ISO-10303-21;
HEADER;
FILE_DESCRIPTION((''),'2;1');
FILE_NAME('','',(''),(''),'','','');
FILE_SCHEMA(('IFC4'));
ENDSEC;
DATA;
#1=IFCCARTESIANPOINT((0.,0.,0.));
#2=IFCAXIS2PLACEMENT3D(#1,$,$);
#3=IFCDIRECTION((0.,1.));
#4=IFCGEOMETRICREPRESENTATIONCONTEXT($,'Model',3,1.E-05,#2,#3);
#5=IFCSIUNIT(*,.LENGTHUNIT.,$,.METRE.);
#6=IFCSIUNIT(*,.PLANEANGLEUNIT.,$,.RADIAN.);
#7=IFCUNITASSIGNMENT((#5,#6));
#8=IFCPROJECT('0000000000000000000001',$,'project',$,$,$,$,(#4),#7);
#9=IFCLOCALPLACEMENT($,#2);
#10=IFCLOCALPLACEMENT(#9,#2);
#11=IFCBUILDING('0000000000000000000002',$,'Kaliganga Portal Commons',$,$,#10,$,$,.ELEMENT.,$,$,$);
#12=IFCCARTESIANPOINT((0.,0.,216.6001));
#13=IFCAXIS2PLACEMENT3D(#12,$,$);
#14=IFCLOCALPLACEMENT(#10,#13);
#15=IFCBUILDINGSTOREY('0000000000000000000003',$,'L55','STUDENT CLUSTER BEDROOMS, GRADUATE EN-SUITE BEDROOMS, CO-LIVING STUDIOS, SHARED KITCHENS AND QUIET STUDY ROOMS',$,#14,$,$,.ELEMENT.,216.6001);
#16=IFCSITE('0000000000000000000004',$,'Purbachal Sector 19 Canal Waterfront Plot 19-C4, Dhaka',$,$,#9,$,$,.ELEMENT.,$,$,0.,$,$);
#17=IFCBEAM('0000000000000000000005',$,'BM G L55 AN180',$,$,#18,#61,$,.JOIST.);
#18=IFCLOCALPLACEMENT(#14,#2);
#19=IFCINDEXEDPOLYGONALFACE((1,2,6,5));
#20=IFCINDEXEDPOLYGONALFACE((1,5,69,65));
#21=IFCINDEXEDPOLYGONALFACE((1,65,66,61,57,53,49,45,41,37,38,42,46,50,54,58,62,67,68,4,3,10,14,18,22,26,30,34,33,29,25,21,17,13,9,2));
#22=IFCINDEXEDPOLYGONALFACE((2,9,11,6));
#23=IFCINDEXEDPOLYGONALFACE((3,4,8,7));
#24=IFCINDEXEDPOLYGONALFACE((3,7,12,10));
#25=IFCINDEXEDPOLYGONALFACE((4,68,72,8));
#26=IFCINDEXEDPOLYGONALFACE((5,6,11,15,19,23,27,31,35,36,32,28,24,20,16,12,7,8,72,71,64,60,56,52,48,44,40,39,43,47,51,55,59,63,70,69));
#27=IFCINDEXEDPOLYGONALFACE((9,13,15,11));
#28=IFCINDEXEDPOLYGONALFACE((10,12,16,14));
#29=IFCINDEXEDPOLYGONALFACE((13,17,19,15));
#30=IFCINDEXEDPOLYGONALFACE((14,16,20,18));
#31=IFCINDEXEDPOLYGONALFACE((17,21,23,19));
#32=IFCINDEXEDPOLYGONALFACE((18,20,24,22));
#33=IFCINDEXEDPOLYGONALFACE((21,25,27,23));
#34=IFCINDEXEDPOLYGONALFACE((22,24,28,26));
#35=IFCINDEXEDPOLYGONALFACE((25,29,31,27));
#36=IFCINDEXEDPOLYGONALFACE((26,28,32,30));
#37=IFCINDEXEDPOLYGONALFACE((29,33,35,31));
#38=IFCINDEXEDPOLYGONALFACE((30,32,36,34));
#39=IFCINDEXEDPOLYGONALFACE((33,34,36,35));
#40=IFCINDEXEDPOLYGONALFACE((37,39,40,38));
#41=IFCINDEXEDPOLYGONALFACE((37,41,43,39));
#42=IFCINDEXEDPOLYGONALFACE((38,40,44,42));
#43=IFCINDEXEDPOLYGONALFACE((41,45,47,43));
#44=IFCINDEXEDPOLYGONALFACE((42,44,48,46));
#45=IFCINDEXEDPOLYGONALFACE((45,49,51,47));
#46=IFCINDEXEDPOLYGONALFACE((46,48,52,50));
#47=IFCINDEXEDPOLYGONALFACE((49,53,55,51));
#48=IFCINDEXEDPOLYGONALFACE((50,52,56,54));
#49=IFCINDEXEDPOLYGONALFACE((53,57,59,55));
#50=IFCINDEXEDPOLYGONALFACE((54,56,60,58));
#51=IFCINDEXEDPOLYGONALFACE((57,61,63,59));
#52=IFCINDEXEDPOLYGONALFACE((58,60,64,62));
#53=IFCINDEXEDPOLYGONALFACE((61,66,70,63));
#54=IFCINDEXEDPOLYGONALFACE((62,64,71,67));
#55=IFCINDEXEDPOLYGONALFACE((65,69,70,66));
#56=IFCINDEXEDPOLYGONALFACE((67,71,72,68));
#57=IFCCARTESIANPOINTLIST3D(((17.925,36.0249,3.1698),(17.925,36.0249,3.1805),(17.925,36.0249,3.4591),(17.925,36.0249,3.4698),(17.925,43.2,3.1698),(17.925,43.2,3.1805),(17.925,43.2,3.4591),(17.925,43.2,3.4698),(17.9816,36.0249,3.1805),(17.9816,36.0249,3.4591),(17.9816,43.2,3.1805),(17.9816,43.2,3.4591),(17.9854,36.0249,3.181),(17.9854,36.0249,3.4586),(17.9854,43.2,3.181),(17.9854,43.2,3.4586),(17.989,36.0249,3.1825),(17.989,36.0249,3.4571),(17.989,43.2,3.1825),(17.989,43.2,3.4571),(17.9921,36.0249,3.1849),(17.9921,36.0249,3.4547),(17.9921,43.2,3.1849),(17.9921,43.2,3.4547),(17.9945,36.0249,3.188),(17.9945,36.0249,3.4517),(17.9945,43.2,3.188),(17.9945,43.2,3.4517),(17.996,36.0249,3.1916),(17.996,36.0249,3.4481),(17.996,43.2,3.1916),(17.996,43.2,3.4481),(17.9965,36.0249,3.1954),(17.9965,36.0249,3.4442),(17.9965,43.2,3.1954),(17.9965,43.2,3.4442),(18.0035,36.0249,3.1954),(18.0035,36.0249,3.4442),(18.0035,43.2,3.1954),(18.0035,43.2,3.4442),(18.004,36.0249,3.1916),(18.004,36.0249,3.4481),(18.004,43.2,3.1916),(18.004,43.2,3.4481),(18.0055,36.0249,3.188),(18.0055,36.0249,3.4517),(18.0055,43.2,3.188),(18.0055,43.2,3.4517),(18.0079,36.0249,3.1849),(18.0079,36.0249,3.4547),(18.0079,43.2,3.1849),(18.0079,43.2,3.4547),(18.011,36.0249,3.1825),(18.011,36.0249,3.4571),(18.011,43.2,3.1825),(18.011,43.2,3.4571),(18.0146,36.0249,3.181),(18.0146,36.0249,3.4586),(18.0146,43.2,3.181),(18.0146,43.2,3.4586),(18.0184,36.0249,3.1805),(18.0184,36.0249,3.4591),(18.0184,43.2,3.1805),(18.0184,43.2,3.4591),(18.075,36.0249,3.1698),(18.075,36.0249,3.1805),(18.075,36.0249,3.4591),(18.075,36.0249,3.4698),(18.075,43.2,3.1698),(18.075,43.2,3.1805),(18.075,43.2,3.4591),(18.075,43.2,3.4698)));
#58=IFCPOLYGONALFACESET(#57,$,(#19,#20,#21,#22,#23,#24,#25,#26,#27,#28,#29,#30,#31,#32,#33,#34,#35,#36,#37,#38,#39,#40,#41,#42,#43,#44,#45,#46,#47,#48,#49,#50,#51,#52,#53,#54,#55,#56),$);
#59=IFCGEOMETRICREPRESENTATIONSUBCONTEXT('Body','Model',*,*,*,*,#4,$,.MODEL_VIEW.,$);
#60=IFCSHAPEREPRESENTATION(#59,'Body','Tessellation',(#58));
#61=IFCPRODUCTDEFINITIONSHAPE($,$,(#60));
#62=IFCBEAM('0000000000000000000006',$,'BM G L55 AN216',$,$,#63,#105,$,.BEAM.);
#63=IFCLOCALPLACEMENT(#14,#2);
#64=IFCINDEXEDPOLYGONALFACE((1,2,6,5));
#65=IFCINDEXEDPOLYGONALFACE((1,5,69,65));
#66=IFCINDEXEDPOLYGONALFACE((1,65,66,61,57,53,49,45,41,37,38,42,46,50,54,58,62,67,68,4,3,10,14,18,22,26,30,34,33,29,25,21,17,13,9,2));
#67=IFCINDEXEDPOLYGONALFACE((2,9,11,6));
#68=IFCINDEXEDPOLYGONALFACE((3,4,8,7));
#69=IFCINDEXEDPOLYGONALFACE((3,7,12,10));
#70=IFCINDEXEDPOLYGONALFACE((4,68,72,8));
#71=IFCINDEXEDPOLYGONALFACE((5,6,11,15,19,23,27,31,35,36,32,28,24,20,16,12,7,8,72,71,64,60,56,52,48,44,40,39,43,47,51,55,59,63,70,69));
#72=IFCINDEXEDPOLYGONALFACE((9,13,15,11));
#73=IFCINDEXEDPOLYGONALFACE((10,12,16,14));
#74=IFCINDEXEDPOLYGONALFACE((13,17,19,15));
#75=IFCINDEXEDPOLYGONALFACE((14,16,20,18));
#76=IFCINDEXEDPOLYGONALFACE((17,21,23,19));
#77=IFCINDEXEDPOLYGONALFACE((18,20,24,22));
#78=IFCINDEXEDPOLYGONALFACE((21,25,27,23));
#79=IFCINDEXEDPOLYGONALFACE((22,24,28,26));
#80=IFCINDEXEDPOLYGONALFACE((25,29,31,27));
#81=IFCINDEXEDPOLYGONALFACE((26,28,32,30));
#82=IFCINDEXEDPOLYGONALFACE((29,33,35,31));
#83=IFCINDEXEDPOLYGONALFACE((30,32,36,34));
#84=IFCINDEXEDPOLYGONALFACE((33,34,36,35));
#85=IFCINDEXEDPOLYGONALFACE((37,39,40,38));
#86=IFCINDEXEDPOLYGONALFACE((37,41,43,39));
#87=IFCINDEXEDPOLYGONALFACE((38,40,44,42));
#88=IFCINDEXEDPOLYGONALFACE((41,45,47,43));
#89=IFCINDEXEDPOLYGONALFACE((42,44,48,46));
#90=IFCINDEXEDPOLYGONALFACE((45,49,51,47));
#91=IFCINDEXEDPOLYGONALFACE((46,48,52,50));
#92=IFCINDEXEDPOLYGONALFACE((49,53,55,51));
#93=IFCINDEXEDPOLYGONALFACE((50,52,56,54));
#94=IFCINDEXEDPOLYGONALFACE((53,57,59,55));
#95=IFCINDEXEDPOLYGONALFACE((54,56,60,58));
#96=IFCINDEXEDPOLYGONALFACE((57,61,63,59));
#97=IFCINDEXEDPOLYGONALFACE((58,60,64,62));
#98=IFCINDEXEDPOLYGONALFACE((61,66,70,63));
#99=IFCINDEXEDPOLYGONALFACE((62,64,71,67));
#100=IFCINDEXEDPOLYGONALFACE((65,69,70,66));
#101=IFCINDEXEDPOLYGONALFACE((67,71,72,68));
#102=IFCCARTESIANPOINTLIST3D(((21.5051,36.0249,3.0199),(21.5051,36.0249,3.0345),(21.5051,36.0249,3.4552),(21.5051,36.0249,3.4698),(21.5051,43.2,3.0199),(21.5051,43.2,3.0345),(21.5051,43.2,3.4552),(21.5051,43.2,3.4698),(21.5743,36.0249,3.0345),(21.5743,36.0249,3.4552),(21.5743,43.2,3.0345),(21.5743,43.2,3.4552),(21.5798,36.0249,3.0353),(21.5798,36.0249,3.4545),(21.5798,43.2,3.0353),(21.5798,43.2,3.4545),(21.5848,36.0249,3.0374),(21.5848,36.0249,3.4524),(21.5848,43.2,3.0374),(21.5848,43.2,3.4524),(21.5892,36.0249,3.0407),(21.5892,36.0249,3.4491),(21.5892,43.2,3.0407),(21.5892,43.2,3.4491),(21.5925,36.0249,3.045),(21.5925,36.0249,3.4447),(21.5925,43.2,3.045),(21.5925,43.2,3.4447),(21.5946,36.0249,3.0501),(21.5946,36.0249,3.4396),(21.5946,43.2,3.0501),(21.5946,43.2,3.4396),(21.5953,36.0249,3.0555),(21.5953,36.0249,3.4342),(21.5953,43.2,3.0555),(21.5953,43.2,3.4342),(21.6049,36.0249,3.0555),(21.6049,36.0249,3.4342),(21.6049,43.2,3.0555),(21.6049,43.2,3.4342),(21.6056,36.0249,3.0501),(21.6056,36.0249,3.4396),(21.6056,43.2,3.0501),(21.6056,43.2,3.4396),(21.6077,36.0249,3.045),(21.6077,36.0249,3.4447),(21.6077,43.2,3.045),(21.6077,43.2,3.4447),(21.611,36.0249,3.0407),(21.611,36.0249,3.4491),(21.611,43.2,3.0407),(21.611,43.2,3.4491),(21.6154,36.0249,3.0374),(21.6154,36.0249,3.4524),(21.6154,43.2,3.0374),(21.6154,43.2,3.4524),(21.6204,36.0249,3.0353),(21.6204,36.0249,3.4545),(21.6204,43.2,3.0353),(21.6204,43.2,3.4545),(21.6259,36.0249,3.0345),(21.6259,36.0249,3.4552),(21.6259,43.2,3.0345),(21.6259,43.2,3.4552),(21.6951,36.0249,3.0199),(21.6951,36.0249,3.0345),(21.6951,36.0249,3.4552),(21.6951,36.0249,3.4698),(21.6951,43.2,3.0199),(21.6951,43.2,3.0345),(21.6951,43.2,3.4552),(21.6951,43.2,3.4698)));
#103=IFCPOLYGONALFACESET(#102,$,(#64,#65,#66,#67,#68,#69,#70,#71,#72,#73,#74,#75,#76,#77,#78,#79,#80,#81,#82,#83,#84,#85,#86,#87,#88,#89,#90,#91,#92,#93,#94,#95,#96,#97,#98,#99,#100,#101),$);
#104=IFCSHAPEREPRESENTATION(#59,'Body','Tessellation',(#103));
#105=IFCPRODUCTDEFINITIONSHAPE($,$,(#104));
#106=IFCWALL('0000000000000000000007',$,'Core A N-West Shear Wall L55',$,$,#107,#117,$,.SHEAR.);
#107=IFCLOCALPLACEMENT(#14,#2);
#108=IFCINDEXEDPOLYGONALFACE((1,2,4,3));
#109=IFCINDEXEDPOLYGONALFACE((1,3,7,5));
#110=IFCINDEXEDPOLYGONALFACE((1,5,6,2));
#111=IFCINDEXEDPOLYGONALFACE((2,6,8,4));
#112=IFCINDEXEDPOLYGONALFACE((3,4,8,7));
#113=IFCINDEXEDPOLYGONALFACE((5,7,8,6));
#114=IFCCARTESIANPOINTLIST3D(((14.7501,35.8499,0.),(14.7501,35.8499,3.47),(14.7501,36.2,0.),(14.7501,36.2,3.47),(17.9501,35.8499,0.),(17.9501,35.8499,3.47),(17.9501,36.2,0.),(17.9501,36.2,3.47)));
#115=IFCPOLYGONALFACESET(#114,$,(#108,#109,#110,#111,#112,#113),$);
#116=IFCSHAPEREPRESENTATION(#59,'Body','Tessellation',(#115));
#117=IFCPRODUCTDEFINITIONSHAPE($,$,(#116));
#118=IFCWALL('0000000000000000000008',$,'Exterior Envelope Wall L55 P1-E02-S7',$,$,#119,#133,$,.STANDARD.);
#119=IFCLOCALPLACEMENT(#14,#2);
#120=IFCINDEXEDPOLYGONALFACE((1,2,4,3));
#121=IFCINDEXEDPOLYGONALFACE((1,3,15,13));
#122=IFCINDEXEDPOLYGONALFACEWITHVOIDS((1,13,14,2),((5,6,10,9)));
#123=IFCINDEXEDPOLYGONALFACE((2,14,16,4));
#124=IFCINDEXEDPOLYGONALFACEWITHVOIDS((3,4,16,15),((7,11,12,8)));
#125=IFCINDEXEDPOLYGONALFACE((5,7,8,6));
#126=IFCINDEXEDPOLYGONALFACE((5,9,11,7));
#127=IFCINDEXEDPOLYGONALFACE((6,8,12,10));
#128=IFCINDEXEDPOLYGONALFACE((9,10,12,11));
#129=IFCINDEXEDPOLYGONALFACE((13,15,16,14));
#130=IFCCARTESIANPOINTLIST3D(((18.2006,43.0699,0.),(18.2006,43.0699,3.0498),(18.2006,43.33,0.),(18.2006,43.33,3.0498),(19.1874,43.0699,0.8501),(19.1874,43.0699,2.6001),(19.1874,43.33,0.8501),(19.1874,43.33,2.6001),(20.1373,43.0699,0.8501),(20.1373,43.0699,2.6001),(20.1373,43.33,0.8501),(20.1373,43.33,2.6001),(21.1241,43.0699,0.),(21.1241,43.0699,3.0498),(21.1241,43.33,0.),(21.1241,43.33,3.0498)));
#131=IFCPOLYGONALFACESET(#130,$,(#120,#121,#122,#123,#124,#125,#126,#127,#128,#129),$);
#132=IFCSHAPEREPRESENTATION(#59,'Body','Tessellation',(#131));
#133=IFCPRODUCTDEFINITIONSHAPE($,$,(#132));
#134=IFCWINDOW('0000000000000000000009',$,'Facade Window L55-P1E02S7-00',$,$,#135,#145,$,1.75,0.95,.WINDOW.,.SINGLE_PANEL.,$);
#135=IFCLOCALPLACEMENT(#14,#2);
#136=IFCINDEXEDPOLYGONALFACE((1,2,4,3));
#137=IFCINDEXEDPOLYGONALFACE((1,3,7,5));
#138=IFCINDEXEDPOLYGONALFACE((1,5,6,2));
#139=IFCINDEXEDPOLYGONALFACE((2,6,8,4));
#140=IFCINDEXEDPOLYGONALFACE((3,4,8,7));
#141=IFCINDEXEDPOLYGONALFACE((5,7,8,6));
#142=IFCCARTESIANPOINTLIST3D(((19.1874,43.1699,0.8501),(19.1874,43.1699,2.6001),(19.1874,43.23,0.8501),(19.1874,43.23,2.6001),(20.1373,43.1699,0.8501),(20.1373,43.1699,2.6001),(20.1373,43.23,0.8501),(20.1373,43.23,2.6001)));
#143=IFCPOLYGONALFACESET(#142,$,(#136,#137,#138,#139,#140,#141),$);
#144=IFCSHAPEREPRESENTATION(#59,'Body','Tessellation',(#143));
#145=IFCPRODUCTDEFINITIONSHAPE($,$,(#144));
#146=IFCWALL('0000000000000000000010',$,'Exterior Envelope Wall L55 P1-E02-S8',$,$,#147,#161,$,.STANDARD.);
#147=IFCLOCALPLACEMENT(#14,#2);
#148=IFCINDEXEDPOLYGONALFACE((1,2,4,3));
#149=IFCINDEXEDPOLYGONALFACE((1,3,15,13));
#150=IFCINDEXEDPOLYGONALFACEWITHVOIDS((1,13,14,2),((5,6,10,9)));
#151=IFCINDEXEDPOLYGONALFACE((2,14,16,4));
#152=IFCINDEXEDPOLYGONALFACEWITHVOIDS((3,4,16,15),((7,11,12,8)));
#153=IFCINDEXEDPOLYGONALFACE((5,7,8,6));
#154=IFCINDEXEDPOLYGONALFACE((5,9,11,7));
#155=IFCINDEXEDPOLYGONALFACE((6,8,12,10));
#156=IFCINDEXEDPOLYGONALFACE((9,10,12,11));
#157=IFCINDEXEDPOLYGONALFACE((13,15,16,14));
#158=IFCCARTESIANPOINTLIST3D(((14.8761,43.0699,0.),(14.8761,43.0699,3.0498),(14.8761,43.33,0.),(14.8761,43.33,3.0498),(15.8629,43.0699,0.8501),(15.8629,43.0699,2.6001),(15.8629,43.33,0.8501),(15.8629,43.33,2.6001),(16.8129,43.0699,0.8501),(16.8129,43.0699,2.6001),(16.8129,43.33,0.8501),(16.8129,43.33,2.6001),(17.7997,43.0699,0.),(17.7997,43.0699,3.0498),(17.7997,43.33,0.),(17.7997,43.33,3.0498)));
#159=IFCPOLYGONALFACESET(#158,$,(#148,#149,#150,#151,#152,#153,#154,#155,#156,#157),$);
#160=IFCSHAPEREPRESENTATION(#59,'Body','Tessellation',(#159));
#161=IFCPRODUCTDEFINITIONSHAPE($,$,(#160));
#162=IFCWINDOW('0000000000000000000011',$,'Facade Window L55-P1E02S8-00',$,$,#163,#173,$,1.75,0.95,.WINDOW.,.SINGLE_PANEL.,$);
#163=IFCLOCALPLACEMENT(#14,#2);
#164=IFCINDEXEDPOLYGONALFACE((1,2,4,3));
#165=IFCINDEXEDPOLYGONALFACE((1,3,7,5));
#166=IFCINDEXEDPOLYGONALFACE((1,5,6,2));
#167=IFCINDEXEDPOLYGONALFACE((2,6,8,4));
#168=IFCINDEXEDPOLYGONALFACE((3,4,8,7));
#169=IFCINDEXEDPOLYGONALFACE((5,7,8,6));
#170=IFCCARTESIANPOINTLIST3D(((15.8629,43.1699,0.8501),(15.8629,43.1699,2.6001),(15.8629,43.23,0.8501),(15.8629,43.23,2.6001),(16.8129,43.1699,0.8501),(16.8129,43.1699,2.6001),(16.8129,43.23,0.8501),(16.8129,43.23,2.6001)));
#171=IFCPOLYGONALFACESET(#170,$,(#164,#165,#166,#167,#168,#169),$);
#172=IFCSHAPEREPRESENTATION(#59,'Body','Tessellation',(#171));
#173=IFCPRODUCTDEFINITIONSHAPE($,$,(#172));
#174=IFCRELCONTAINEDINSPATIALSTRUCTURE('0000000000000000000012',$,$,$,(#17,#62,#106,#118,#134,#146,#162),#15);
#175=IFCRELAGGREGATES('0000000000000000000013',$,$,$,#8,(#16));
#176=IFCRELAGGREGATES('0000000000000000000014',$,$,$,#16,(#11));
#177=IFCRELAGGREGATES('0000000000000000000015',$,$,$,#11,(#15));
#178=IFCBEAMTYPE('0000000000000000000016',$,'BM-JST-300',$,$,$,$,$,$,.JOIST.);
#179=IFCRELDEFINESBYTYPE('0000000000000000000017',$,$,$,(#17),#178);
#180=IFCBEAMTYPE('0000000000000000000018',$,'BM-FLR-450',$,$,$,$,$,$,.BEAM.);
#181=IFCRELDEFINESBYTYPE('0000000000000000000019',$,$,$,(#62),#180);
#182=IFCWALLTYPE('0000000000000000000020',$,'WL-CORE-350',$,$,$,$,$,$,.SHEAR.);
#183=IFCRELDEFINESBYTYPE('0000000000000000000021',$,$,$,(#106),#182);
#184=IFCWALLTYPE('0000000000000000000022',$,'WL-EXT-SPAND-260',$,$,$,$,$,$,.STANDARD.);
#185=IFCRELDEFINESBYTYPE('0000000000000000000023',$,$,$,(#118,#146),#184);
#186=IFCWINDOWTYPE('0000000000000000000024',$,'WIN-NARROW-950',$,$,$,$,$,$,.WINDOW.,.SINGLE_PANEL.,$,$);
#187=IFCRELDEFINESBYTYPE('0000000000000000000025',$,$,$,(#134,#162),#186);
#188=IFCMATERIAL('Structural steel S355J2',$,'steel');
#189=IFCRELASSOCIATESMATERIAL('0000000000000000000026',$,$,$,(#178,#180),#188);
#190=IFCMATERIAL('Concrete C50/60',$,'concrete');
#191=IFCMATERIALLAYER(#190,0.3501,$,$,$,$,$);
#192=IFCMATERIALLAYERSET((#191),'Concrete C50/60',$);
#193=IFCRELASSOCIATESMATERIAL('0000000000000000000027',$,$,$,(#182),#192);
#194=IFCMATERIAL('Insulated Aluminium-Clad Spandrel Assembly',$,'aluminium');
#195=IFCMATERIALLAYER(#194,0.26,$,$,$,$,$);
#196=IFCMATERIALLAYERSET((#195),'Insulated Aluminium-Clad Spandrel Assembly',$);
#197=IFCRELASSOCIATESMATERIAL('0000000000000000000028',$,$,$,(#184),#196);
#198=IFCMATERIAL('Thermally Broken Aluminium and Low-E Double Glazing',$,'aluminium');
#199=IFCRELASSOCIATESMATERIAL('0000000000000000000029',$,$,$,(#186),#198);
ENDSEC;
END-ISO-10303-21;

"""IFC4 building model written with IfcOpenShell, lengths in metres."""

from ifc_helpers import new_model, si_unit, direction, frame, frame_2d, origin, origin_2d, place, context, subcontext, project, spatial, rectangle, i_section, extrude, source, transform, mapped, material, layer, layer_set, material_profile, profile_set, type_object, element, fill, save


model = new_model("IFC4")

# Units and contexts
model_context = context("Model", 3, precision=1e-05, world=origin(), true_north=direction((0.0, 1.0)))
body_context = subcontext(model_context, "Body", "Model", "MODEL_VIEW")
ifc_project = project(units=[si_unit("LENGTHUNIT", "METRE"), si_unit("PLANEANGLEUNIT", "RADIAN")], contexts=[model_context])

# Site, building, storey
site_placement = place(None, origin())
site = spatial("IfcSite", under=ifc_project, at=site_placement, Name="Purbachal Sector 19 Canal Waterfront Plot 19-C4, Dhaka", CompositionType="ELEMENT", RefElevation=0.0)
building_placement = place(site_placement, origin())
building = spatial("IfcBuilding", under=site, at=building_placement, Name="Kaliganga Portal Commons", CompositionType="ELEMENT")
storey_placement = place(building_placement, frame((0.0, 0.0, 216.6001)))
storey = spatial("IfcBuildingStorey", under=building, at=storey_placement, Name="L55", Description="STUDENT CLUSTER BEDROOMS, GRADUATE EN-SUITE BEDROOMS, CO-LIVING STUDIOS, SHARED KITCHENS AND QUIET STUDY ROOMS", CompositionType="ELEMENT", Elevation=216.6001)

# Shared definitions
ifc_material_1 = material(Name="Concrete C50/60", Category="concrete")
ifc_material_2 = material(Name="Structural steel S355J2", Category="steel")

# Beams
ifc_material_profile_1 = material_profile(ifc_material_2, i_section(OverallWidth=0.1499, OverallDepth=0.3, WebThickness=0.0071, FlangeThickness=0.0107, FilletRadius=0.0149, at=origin_2d()), Name="IPE 300")
ifc_profile_set_1 = profile_set([ifc_material_profile_1], Name="Structural steel S355J2 wide-flange")
beam_type_1 = type_object("IfcBeamType", Name="BM-JST-300", PredefinedType="JOIST", material=ifc_profile_set_1)
shared_shape_1 = source(origin(), body_context, "Body", "SweptSolid", [
    extrude(i_section(OverallWidth=0.1499, OverallDepth=0.3, WebThickness=0.0071, FlangeThickness=0.0107, FilletRadius=0.0149, at=origin_2d()), origin(), (0.0, 0.0, 1.0), 7.175),
])
beam_1_placement = place(storey_placement, frame((18.0, 36.0249, 3.3198), z_axis=(0.0, 1.0, 0.0), x_axis=(-1.0, 0.0, 0.0)))
element("IfcBeam", 1, at=beam_1_placement, inside=storey, type_object=beam_type_1, Name="BM G L55 AN180", PredefinedType="JOIST", context=body_context, shape_type="MappedRepresentation", body=[
    mapped(shared_shape_1, transform((0.0, 0.0, 0.0), x_axis=(1.0, 0.0, 0.0), y_axis=(0.0, 1.0, 0.0), z_axis=(0.0, 0.0, 1.0), scale=1.0)),
])
ifc_material_profile_2 = material_profile(ifc_material_2, i_section(OverallWidth=0.1899, OverallDepth=0.45, WebThickness=0.0095, FlangeThickness=0.0146, FilletRadius=0.021, at=origin_2d()), Name="IPE 450")
ifc_profile_set_2 = profile_set([ifc_material_profile_2], Name="Structural steel S355J2 wide-flange")
beam_type_2 = type_object("IfcBeamType", Name="BM-FLR-450", PredefinedType="BEAM", material=ifc_profile_set_2)
shared_shape_2 = source(origin(), body_context, "Body", "SweptSolid", [
    extrude(i_section(OverallWidth=0.1899, OverallDepth=0.45, WebThickness=0.0095, FlangeThickness=0.0146, FilletRadius=0.021, at=origin_2d()), origin(), (0.0, 0.0, 1.0), 7.175),
])
beam_2_placement = place(storey_placement, frame((21.6001, 36.0249, 3.2449), z_axis=(0.0, 1.0, 0.0), x_axis=(-1.0, 0.0, 0.0)))
element("IfcBeam", 2, at=beam_2_placement, inside=storey, type_object=beam_type_2, Name="BM G L55 AN216", PredefinedType="BEAM", context=body_context, shape_type="MappedRepresentation", body=[
    mapped(shared_shape_2, transform((0.0, 0.0, 0.0), x_axis=(1.0, 0.0, 0.0), y_axis=(0.0, 1.0, 0.0), z_axis=(0.0, 0.0, 1.0), scale=1.0)),
])

# Wall
ifc_layer_1 = layer(ifc_material_1, 0.3501)
ifc_layer_set_1 = layer_set([ifc_layer_1], Name="Concrete C50/60")
wall_type_1 = type_object("IfcWallType", Name="WL-CORE-350", PredefinedType="SHEAR", material=ifc_layer_set_1)
wall_1_placement = place(storey_placement, frame((14.75, 36.0249, 0.0), z_axis=(0.0, 0.0, 1.0), x_axis=(1.0, 0.0, 0.0)))
element("IfcWall", 3, at=wall_1_placement, inside=storey, type_object=wall_type_1, Name="Core A N-West Shear Wall L55", PredefinedType="SHEAR", context=body_context, shape_type="SweptSolid", body=[
    extrude(rectangle(XDim=3.2, YDim=0.3501, at=frame_2d((1.6001, 0.0))), origin(), (0.0, 0.0, 1.0), 3.47),
])

# Walls, openings, windows
ifc_material_3 = material(Name="Insulated Aluminium-Clad Spandrel Assembly", Category="aluminium")
ifc_layer_2 = layer(ifc_material_3, 0.26)
ifc_layer_set_2 = layer_set([ifc_layer_2], Name="Insulated Aluminium-Clad Spandrel Assembly")
wall_type_2 = type_object("IfcWallType", Name="WL-EXT-SPAND-260", PredefinedType="STANDARD", material=ifc_layer_set_2)
wall_2_placement = place(storey_placement, frame((18.2004, 43.2, 0.0), z_axis=(0.0, 0.0, 1.0), x_axis=(1.0, 0.0, 0.0)))
wall_2 = element("IfcWall", 4, at=wall_2_placement, inside=storey, type_object=wall_type_2, Name="Exterior Envelope Wall L55 P1-E02-S7", PredefinedType="STANDARD", context=body_context, shape_type="SweptSolid", body=[
    extrude(rectangle(XDim=2.9236, YDim=0.26, at=frame_2d((1.4619, 0.0))), origin(), (0.0, 0.0, 1.0), 3.0498),
])
opening_1_placement = place(wall_2_placement, frame((0.9868, 0.0, 0.8501)))
opening_1 = element("IfcOpeningElement", 5, at=opening_1_placement, cuts=wall_2, PredefinedType="OPENING", context=body_context, shape_type="SweptSolid", body=[
    extrude(rectangle(XDim=0.95, YDim=1.75, at=frame_2d((0.4751, 0.875))), frame((0.0, 0.1401, 0.0), z_axis=(0.0, -1.0, 0.0), x_axis=(1.0, 0.0, 0.0)), (0.0, 0.0, 1.0), 0.28),
])
ifc_material_4 = material(Name="Thermally Broken Aluminium and Low-E Double Glazing", Category="aluminium")
window_type = type_object("IfcWindowType", Name="WIN-NARROW-950", PartitioningType="SINGLE_PANEL", PredefinedType="WINDOW", material=ifc_material_4)
window_1_placement = place(opening_1_placement, origin())
window_1 = element("IfcWindow", 6, at=window_1_placement, inside=storey, type_object=window_type, Name="Facade Window L55-P1E02S7-00", OverallHeight=1.75, OverallWidth=0.95, PartitioningType="SINGLE_PANEL", PredefinedType="WINDOW", context=body_context, shape_type="SweptSolid", body=[
    extrude(rectangle(XDim=0.95, YDim=1.75, at=frame_2d((0.4751, 0.875))), frame((0.0, 0.03, 0.0), z_axis=(0.0, -1.0, 0.0), x_axis=(1.0, 0.0, 0.0)), (0.0, 0.0, 1.0), 0.0601),
])
fill(opening_1, window_1)
wall_3_placement = place(storey_placement, frame((14.876, 43.2, 0.0), z_axis=(0.0, 0.0, 1.0), x_axis=(1.0, 0.0, 0.0)))
wall_3 = element("IfcWall", 7, at=wall_3_placement, inside=storey, type_object=wall_type_2, Name="Exterior Envelope Wall L55 P1-E02-S8", PredefinedType="STANDARD", context=body_context, shape_type="SweptSolid", body=[
    extrude(rectangle(XDim=2.9236, YDim=0.26, at=frame_2d((1.4619, 0.0))), origin(), (0.0, 0.0, 1.0), 3.0498),
])
opening_2_placement = place(wall_3_placement, frame((0.9868, 0.0, 0.8501)))
opening_2 = element("IfcOpeningElement", 8, at=opening_2_placement, cuts=wall_3, PredefinedType="OPENING", context=body_context, shape_type="SweptSolid", body=[
    extrude(rectangle(XDim=0.95, YDim=1.75, at=frame_2d((0.4751, 0.875))), frame((0.0, 0.1401, 0.0), z_axis=(0.0, -1.0, 0.0), x_axis=(1.0, 0.0, 0.0)), (0.0, 0.0, 1.0), 0.28),
])
window_2_placement = place(opening_2_placement, origin())
window_2 = element("IfcWindow", 9, at=window_2_placement, inside=storey, type_object=window_type, Name="Facade Window L55-P1E02S8-00", OverallHeight=1.75, OverallWidth=0.95, PartitioningType="SINGLE_PANEL", PredefinedType="WINDOW", context=body_context, shape_type="SweptSolid", body=[
    extrude(rectangle(XDim=0.95, YDim=1.75, at=frame_2d((0.4751, 0.875))), frame((0.0, 0.03, 0.0), z_axis=(0.0, -1.0, 0.0), x_axis=(1.0, 0.0, 0.0)), (0.0, 0.0, 1.0), 0.0601),
])
fill(opening_2, window_2)

save(model, "model.ifc")
